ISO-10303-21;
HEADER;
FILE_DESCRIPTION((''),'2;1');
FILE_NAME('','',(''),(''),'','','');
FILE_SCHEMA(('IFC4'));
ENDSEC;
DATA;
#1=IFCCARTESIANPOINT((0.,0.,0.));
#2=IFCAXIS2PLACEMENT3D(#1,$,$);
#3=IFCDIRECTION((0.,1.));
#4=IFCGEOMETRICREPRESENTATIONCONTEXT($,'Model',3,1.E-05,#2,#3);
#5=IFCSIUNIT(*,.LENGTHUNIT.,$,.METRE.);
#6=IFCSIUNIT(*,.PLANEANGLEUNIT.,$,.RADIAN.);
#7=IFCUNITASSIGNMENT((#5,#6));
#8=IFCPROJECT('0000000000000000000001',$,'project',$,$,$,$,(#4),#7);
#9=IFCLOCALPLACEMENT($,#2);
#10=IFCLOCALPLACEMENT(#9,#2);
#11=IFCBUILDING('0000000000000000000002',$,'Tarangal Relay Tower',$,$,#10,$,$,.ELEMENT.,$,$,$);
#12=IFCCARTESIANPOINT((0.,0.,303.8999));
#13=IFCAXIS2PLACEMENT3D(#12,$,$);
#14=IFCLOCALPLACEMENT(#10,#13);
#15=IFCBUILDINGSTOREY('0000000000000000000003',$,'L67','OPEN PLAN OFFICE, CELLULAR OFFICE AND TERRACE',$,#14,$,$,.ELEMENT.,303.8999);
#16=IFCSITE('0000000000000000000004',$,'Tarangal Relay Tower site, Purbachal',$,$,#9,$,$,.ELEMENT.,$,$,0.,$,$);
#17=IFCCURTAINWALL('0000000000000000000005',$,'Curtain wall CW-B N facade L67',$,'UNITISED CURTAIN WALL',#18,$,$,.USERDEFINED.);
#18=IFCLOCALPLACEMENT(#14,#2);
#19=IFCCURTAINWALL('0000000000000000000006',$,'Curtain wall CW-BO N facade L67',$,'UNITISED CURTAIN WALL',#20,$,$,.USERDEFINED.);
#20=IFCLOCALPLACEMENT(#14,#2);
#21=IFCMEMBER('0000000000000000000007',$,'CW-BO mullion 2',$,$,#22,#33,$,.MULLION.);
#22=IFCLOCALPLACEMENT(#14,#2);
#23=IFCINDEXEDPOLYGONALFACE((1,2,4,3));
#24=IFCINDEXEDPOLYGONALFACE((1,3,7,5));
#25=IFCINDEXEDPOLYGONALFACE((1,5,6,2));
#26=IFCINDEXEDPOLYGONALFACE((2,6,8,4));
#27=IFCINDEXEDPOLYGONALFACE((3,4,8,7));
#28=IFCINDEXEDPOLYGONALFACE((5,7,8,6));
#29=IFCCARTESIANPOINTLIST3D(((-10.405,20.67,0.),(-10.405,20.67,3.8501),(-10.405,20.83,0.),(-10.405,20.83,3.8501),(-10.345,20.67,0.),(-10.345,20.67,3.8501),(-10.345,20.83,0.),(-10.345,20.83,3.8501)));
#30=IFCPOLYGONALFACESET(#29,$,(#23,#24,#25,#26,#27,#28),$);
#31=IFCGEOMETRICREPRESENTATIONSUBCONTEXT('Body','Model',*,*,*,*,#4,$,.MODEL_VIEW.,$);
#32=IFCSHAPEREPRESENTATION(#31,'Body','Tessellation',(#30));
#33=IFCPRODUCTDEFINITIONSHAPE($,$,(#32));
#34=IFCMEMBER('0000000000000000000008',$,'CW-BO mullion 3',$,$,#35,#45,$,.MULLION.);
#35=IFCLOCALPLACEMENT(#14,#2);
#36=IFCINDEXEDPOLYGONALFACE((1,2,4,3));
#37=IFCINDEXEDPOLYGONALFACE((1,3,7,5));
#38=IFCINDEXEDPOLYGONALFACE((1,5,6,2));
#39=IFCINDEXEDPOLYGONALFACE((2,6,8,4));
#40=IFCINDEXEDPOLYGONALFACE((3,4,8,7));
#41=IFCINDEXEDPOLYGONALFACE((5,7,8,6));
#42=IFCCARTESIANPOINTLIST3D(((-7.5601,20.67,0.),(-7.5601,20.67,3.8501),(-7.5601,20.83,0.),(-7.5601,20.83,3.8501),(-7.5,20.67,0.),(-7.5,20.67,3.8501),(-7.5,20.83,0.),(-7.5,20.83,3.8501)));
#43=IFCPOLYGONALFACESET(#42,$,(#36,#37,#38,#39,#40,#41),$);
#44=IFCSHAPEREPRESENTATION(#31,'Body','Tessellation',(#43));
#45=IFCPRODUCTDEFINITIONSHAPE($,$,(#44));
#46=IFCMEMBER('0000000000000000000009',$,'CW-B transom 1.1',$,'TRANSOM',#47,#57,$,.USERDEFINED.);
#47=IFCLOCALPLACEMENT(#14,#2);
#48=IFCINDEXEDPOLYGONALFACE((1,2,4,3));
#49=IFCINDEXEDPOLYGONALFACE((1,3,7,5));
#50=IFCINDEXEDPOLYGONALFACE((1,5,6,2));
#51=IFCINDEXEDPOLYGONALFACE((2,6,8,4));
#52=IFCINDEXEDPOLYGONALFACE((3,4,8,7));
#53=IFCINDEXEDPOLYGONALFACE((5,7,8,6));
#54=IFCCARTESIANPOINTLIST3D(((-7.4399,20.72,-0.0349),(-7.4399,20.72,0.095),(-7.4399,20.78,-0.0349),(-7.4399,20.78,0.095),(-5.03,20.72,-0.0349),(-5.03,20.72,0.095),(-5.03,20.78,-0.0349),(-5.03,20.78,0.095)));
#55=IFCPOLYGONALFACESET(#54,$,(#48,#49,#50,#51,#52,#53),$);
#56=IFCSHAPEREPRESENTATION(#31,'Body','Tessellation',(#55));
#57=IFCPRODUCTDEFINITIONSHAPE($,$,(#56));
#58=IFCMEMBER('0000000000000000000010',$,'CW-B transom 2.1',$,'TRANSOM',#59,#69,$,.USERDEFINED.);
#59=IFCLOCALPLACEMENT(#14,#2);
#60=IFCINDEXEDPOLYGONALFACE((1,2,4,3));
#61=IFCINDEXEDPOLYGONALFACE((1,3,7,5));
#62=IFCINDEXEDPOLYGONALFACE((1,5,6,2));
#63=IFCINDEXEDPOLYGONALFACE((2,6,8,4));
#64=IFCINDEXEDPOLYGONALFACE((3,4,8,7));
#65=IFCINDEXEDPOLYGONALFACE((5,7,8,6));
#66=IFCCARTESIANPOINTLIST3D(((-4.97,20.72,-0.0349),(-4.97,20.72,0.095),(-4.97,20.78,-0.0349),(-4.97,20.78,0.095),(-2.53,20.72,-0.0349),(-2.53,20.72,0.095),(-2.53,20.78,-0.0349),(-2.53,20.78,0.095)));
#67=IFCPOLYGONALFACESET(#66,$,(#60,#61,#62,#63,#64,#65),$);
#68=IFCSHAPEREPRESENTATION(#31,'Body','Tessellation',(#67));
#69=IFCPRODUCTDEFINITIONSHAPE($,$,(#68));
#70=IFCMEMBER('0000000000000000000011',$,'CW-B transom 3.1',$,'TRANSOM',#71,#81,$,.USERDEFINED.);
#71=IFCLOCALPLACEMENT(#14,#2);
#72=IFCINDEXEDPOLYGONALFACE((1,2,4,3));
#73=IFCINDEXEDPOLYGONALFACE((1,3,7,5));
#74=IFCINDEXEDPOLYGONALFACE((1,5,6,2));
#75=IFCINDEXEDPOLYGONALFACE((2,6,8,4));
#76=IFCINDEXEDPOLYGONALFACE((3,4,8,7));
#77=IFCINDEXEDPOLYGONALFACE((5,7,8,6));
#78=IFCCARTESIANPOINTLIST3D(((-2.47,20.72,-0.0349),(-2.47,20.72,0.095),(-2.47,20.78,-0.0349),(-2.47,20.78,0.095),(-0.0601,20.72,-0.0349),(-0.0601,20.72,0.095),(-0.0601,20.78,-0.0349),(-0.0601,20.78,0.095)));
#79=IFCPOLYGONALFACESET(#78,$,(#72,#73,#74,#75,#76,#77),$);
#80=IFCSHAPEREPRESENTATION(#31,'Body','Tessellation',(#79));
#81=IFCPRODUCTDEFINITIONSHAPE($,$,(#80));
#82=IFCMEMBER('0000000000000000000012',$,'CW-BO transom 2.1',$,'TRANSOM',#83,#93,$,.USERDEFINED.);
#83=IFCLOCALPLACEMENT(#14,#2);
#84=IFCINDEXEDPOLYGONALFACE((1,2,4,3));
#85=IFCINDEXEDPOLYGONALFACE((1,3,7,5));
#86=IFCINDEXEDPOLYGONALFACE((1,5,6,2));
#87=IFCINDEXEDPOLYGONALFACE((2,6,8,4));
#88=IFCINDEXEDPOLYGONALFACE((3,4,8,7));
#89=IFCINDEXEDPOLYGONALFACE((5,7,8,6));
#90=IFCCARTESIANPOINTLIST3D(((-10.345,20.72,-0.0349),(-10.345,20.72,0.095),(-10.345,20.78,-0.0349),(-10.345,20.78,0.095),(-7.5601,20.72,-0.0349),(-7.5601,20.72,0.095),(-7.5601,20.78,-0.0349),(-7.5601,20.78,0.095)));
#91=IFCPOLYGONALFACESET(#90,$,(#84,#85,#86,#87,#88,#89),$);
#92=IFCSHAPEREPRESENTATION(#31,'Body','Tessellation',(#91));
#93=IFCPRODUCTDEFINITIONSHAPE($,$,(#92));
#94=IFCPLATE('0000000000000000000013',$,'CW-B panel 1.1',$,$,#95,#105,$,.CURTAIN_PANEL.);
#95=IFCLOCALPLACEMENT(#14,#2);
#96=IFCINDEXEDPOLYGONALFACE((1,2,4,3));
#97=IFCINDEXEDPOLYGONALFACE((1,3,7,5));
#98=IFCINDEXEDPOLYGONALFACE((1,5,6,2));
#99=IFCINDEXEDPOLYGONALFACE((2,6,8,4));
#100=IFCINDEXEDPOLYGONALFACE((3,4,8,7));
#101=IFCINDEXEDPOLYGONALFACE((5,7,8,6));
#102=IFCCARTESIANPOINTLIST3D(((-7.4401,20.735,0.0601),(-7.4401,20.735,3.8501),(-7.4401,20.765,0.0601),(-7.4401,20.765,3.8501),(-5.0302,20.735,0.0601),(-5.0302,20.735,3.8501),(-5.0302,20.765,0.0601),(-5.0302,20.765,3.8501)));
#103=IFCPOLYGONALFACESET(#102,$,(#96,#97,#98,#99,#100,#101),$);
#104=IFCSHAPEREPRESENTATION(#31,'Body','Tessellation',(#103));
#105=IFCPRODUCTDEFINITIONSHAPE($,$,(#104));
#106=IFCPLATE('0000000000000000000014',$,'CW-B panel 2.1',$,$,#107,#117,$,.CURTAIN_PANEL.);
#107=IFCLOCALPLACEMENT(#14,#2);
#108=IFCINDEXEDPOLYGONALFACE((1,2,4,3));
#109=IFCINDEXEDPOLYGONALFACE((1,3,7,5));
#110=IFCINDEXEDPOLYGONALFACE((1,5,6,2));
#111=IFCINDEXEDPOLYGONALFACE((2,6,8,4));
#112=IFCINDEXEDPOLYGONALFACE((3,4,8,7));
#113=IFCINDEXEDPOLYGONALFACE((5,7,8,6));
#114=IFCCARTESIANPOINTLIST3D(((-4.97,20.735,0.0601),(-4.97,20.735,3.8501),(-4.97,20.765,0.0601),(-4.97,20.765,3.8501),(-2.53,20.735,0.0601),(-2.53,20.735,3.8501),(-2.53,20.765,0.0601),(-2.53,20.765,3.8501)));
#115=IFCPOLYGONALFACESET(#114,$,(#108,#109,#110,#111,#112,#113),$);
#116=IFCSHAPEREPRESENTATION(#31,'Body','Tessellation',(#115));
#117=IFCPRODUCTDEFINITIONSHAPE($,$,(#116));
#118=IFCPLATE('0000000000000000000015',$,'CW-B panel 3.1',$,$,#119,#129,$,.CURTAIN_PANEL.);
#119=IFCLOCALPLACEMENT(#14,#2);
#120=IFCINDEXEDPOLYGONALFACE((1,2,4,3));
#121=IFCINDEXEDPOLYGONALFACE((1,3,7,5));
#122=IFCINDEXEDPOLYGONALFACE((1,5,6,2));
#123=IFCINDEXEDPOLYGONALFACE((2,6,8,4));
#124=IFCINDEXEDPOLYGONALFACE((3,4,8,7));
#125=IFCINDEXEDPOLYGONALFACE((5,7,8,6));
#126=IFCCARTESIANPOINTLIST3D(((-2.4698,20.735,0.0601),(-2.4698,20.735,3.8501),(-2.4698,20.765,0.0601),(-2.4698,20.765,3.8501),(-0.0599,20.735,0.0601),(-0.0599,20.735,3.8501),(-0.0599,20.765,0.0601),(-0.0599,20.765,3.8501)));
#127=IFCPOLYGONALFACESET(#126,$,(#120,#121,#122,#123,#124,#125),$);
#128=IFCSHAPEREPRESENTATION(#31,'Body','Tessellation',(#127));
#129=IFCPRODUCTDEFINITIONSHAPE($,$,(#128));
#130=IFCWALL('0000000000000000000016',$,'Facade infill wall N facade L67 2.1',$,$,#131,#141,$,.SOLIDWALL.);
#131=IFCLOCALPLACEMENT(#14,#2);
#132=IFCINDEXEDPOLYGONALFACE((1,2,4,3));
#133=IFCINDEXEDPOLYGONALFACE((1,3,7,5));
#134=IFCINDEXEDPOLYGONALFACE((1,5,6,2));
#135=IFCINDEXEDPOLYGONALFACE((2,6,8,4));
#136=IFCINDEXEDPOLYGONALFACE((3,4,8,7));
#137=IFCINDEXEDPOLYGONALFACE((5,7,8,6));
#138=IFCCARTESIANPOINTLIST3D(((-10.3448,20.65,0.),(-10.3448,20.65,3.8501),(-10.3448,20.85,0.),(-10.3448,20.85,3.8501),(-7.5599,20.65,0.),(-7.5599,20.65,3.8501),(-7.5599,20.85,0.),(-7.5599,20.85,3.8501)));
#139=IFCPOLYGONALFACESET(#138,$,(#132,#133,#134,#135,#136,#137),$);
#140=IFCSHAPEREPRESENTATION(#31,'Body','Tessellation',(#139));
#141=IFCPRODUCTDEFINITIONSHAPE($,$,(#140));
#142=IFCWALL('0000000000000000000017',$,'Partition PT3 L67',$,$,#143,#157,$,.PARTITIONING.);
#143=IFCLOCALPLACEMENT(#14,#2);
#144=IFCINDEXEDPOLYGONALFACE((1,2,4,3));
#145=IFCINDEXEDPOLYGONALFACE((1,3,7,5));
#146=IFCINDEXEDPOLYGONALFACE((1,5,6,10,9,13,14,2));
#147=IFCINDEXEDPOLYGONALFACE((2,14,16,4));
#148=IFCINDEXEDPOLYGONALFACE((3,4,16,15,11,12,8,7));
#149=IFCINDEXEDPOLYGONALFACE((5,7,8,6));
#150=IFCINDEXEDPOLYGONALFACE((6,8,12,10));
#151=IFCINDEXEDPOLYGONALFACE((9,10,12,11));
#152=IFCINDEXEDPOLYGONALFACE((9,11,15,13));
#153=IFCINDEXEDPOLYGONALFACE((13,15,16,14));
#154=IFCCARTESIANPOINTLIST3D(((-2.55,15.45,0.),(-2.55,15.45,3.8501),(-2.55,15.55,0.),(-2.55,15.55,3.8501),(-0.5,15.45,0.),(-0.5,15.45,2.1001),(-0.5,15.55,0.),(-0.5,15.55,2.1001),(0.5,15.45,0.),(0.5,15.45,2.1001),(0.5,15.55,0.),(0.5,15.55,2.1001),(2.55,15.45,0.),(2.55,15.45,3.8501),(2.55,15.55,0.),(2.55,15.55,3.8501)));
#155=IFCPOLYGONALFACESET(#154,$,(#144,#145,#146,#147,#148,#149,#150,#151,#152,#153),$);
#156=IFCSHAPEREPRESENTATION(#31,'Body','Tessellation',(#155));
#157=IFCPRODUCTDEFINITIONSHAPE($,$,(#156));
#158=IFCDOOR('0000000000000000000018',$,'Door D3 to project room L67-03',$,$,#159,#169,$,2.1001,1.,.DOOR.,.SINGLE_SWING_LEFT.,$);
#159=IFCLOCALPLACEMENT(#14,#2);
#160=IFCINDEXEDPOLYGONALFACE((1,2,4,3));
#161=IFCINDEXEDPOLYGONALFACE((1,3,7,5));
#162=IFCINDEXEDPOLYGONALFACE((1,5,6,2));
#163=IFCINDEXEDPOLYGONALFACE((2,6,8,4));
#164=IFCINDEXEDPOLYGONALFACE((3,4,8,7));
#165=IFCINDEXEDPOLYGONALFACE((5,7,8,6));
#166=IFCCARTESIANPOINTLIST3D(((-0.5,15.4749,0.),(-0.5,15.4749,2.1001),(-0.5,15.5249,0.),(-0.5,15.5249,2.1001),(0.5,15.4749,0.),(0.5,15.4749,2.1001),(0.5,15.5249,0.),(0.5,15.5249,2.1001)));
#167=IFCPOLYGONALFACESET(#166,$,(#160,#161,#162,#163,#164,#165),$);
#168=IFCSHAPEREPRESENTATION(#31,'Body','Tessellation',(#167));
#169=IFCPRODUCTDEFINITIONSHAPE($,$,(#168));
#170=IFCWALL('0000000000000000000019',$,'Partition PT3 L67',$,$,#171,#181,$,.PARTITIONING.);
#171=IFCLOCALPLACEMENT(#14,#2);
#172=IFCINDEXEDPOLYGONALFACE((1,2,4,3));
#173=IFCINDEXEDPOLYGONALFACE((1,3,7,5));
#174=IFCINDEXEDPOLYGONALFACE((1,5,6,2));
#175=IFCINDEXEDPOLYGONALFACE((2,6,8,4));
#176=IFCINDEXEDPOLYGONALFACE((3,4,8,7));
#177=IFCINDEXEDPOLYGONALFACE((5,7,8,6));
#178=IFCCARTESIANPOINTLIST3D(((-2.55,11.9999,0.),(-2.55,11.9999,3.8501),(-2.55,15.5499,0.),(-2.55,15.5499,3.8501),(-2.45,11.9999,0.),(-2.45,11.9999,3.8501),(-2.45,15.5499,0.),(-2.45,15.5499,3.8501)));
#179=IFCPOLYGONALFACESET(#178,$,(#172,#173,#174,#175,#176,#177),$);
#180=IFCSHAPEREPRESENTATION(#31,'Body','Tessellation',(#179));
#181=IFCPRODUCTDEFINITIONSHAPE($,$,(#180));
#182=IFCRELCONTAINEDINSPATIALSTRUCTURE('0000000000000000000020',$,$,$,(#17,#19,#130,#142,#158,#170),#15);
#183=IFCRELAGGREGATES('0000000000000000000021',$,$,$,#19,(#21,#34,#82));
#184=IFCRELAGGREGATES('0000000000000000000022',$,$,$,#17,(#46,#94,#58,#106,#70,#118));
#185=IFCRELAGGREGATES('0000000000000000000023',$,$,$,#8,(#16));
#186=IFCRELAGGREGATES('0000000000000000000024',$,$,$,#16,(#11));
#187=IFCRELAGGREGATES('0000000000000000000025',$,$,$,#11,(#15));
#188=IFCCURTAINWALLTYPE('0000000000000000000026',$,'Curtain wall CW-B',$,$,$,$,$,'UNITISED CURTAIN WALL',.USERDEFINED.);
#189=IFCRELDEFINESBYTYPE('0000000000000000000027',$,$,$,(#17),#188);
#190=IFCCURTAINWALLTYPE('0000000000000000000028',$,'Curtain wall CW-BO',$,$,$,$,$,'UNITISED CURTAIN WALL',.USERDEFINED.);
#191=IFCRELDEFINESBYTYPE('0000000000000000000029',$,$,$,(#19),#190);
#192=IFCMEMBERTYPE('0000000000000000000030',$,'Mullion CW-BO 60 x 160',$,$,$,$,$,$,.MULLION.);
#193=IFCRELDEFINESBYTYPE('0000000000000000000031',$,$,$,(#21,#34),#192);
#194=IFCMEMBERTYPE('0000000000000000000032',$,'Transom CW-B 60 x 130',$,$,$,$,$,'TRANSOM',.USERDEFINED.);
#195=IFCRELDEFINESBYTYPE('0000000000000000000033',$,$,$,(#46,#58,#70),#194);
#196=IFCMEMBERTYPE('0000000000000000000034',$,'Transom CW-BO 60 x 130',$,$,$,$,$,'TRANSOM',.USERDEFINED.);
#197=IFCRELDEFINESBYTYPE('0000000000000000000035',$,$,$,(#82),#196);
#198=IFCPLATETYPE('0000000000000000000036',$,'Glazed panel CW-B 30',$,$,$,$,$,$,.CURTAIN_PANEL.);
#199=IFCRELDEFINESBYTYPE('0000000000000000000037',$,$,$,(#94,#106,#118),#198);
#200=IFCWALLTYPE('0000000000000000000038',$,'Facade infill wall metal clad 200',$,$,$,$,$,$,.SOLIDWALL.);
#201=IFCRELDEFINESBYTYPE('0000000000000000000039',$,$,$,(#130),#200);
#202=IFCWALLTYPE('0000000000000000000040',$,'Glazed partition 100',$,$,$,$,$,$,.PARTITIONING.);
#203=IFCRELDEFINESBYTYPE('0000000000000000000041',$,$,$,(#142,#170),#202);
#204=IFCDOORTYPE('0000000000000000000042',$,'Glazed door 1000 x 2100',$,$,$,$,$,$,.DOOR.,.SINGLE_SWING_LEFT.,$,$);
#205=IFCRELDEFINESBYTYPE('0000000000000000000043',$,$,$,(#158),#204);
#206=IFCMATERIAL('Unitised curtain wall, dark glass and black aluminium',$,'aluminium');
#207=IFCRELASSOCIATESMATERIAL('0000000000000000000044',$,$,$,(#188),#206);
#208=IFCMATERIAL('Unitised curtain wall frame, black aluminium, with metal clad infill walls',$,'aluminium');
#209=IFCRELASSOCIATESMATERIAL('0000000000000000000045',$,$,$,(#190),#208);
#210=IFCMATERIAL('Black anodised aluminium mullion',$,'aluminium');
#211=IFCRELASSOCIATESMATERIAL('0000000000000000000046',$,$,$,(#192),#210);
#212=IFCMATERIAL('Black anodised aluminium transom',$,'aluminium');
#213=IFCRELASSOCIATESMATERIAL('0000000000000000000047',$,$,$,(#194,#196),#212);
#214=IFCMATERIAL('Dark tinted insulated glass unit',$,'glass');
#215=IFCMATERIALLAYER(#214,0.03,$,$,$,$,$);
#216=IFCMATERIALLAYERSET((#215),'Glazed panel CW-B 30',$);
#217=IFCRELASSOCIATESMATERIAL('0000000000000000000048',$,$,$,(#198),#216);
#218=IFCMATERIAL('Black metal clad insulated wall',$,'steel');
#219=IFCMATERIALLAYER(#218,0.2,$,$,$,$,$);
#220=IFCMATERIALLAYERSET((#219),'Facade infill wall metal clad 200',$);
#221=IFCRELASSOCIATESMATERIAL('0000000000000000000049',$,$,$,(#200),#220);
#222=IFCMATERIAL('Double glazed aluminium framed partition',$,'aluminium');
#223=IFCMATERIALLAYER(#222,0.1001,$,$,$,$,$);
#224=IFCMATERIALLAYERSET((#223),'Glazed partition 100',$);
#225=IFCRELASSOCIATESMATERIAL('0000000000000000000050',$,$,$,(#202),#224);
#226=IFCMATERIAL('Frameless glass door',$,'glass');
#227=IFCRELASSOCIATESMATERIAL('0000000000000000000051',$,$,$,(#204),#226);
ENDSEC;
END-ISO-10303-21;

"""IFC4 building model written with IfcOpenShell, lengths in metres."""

from ifc_helpers import new_model, si_unit, direction, frame, frame_2d, origin, origin_2d, place, context, subcontext, project, spatial, rectangle, extrude, material, layer, layer_set, material_profile, profile_set, type_object, element, fill, aggregate, save


model = new_model("IFC4")

# Units and contexts
model_context = context("Model", 3, precision=1e-05, world=origin(), true_north=direction((0.0, 1.0)))
body_context = subcontext(model_context, "Body", "Model", "MODEL_VIEW")
ifc_project = project(units=[si_unit("LENGTHUNIT", "METRE"), si_unit("PLANEANGLEUNIT", "RADIAN")], contexts=[model_context])

# Site, building, storey
site_placement = place(None, origin())
site = spatial("IfcSite", under=ifc_project, at=site_placement, Name="Tarangal Relay Tower site, Purbachal", CompositionType="ELEMENT", RefElevation=0.0)
building_placement = place(site_placement, origin())
building = spatial("IfcBuilding", under=site, at=building_placement, Name="Tarangal Relay Tower", CompositionType="ELEMENT")
storey_placement = place(building_placement, frame((0.0, 0.0, 303.8999)))
storey = spatial("IfcBuildingStorey", under=building, at=storey_placement, Name="L67", Description="OPEN PLAN OFFICE, CELLULAR OFFICE AND TERRACE", CompositionType="ELEMENT", Elevation=303.8999)

# Curtain walls, members
ifc_material_1 = material(Name="Unitised curtain wall, dark glass and black aluminium", Category="aluminium")
curtain_wall_type_1 = type_object("IfcCurtainWallType", Name="Curtain wall CW-B", ElementType="UNITISED CURTAIN WALL", PredefinedType="USERDEFINED", material=ifc_material_1)
curtain_wall_1_placement = place(storey_placement, origin())
curtain_wall_1 = element("IfcCurtainWall", 1, at=curtain_wall_1_placement, inside=storey, type_object=curtain_wall_type_1, Name="Curtain wall CW-B N facade L67", ObjectType="UNITISED CURTAIN WALL", PredefinedType="USERDEFINED")
ifc_material_2 = material(Name="Black anodised aluminium mullion", Category="aluminium")
ifc_material_3 = material(Name="Unitised curtain wall frame, black aluminium, with metal clad infill walls", Category="aluminium")
curtain_wall_type_2 = type_object("IfcCurtainWallType", Name="Curtain wall CW-BO", ElementType="UNITISED CURTAIN WALL", PredefinedType="USERDEFINED", material=ifc_material_3)
curtain_wall_2_placement = place(storey_placement, origin())
curtain_wall_2 = element("IfcCurtainWall", 2, at=curtain_wall_2_placement, inside=storey, type_object=curtain_wall_type_2, Name="Curtain wall CW-BO N facade L67", ObjectType="UNITISED CURTAIN WALL", PredefinedType="USERDEFINED")
ifc_material_profile_1 = material_profile(ifc_material_2, rectangle(XDim=0.1599, YDim=0.0601, at=origin_2d()), Name="CW-BOM 60X160")
ifc_profile_set_1 = profile_set([ifc_material_profile_1], Name="Black anodised aluminium mullion")
member_type_1 = type_object("IfcMemberType", Name="Mullion CW-BO 60 x 160", PredefinedType="MULLION", material=ifc_profile_set_1)
member_1_placement = place(storey_placement, frame((-10.375, 20.75, 0.0), z_axis=(0.0, 0.0, 1.0), x_axis=(0.0, 1.0, 0.0)))
member_1 = element("IfcMember", 3, at=member_1_placement, type_object=member_type_1, Name="CW-BO mullion 2", PredefinedType="MULLION", context=body_context, shape_type="SweptSolid", body=[
    extrude(rectangle(XDim=0.1599, YDim=0.0601, at=origin_2d()), origin(), (0.0, 0.0, 1.0), 3.8501),
])
member_2_placement = place(storey_placement, frame((-7.53, 20.75, 0.0), z_axis=(0.0, 0.0, 1.0), x_axis=(0.0, 1.0, 0.0)))
member_2 = element("IfcMember", 4, at=member_2_placement, type_object=member_type_1, Name="CW-BO mullion 3", PredefinedType="MULLION", context=body_context, shape_type="SweptSolid", body=[
    extrude(rectangle(XDim=0.1599, YDim=0.0601, at=origin_2d()), origin(), (0.0, 0.0, 1.0), 3.8501),
])

# Members
ifc_material_4 = material(Name="Black anodised aluminium transom", Category="aluminium")
ifc_material_profile_2 = material_profile(ifc_material_4, rectangle(XDim=0.0601, YDim=0.1299, at=origin_2d()), Name="CW-BT 60X130")
ifc_profile_set_2 = profile_set([ifc_material_profile_2], Name="Black anodised aluminium transom")
member_type_2 = type_object("IfcMemberType", Name="Transom CW-B 60 x 130", ElementType="TRANSOM", PredefinedType="USERDEFINED", material=ifc_profile_set_2)
member_3_placement = place(storey_placement, frame((-7.4399, 20.75, 0.03), z_axis=(1.0, 0.0, 0.0), x_axis=(0.0, 1.0, 0.0)))
member_3 = element("IfcMember", 5, at=member_3_placement, type_object=member_type_2, Name="CW-B transom 1.1", ObjectType="TRANSOM", PredefinedType="USERDEFINED", context=body_context, shape_type="SweptSolid", body=[
    extrude(rectangle(XDim=0.0601, YDim=0.1299, at=origin_2d()), origin(), (0.0, 0.0, 1.0), 2.4099),
])
member_4_placement = place(storey_placement, frame((-4.97, 20.75, 0.03), z_axis=(1.0, 0.0, 0.0), x_axis=(0.0, 1.0, 0.0)))
member_4 = element("IfcMember", 6, at=member_4_placement, type_object=member_type_2, Name="CW-B transom 2.1", ObjectType="TRANSOM", PredefinedType="USERDEFINED", context=body_context, shape_type="SweptSolid", body=[
    extrude(rectangle(XDim=0.0601, YDim=0.1299, at=origin_2d()), origin(), (0.0, 0.0, 1.0), 2.4399),
])
member_5_placement = place(storey_placement, frame((-2.47, 20.75, 0.03), z_axis=(1.0, 0.0, 0.0), x_axis=(0.0, 1.0, 0.0)))
member_5 = element("IfcMember", 7, at=member_5_placement, type_object=member_type_2, Name="CW-B transom 3.1", ObjectType="TRANSOM", PredefinedType="USERDEFINED", context=body_context, shape_type="SweptSolid", body=[
    extrude(rectangle(XDim=0.0601, YDim=0.1299, at=origin_2d()), origin(), (0.0, 0.0, 1.0), 2.4099),
])
ifc_material_profile_3 = material_profile(ifc_material_4, rectangle(XDim=0.0601, YDim=0.1299, at=origin_2d()), Name="CW-BOT 60X130")
ifc_profile_set_3 = profile_set([ifc_material_profile_3], Name="Black anodised aluminium transom")
member_type_3 = type_object("IfcMemberType", Name="Transom CW-BO 60 x 130", ElementType="TRANSOM", PredefinedType="USERDEFINED", material=ifc_profile_set_3)
member_6_placement = place(storey_placement, frame((-10.345, 20.75, 0.03), z_axis=(1.0, 0.0, 0.0), x_axis=(0.0, 1.0, 0.0)))
member_6 = element("IfcMember", 8, at=member_6_placement, type_object=member_type_3, Name="CW-BO transom 2.1", ObjectType="TRANSOM", PredefinedType="USERDEFINED", context=body_context, shape_type="SweptSolid", body=[
    extrude(rectangle(XDim=0.0601, YDim=0.1299, at=origin_2d()), origin(), (0.0, 0.0, 1.0), 2.7849),
])
aggregate(curtain_wall_2, [member_1, member_2, member_6])

# Plates
ifc_material_5 = material(Name="Dark tinted insulated glass unit", Category="glass")
ifc_layer_1 = layer(ifc_material_5, 0.03)
ifc_layer_set_1 = layer_set([ifc_layer_1], Name="Glazed panel CW-B 30")
plate_type = type_object("IfcPlateType", Name="Glazed panel CW-B 30", PredefinedType="CURTAIN_PANEL", material=ifc_layer_set_1)
plate_1_placement = place(storey_placement, frame((-6.2351, 20.75, 0.0601), z_axis=(0.0, 0.0, 1.0), x_axis=(1.0, 0.0, 0.0)))
plate_1 = element("IfcPlate", 9, at=plate_1_placement, type_object=plate_type, Name="CW-B panel 1.1", PredefinedType="CURTAIN_PANEL", context=body_context, shape_type="SweptSolid", body=[
    extrude(rectangle(XDim=2.4099, YDim=0.03, at=origin_2d()), origin(), (0.0, 0.0, 1.0), 3.79),
])
plate_2_placement = place(storey_placement, frame((-3.75, 20.75, 0.0601), z_axis=(0.0, 0.0, 1.0), x_axis=(1.0, 0.0, 0.0)))
plate_2 = element("IfcPlate", 10, at=plate_2_placement, type_object=plate_type, Name="CW-B panel 2.1", PredefinedType="CURTAIN_PANEL", context=body_context, shape_type="SweptSolid", body=[
    extrude(rectangle(XDim=2.4399, YDim=0.03, at=origin_2d()), origin(), (0.0, 0.0, 1.0), 3.79),
])
plate_3_placement = place(storey_placement, frame((-1.2649, 20.75, 0.0601), z_axis=(0.0, 0.0, 1.0), x_axis=(1.0, 0.0, 0.0)))
plate_3 = element("IfcPlate", 11, at=plate_3_placement, type_object=plate_type, Name="CW-B panel 3.1", PredefinedType="CURTAIN_PANEL", context=body_context, shape_type="SweptSolid", body=[
    extrude(rectangle(XDim=2.4099, YDim=0.03, at=origin_2d()), origin(), (0.0, 0.0, 1.0), 3.79),
])
aggregate(curtain_wall_1, [member_3, plate_1, member_4, plate_2, member_5, plate_3])

# Wall
ifc_material_6 = material(Name="Black metal clad insulated wall", Category="steel")
ifc_layer_2 = layer(ifc_material_6, 0.2)
ifc_layer_set_2 = layer_set([ifc_layer_2], Name="Facade infill wall metal clad 200")
wall_type_1 = type_object("IfcWallType", Name="Facade infill wall metal clad 200", PredefinedType="SOLIDWALL", material=ifc_layer_set_2)
wall_1_placement = place(storey_placement, frame((-10.345, 20.75, 0.0), z_axis=(0.0, 0.0, 1.0), x_axis=(1.0, 0.0, 0.0)))
element("IfcWall", 12, at=wall_1_placement, inside=storey, type_object=wall_type_1, Name="Facade infill wall N facade L67 2.1", PredefinedType="SOLIDWALL", context=body_context, shape_type="SweptSolid", body=[
    extrude(rectangle(XDim=2.7849, YDim=0.2, at=frame_2d((1.3926, 0.0))), origin(), (0.0, 0.0, 1.0), 3.8501),
])

# Wall, opening, door
ifc_material_7 = material(Name="Double glazed aluminium framed partition", Category="aluminium")
ifc_layer_3 = layer(ifc_material_7, 0.1001)
ifc_layer_set_3 = layer_set([ifc_layer_3], Name="Glazed partition 100")
wall_type_2 = type_object("IfcWallType", Name="Glazed partition 100", PredefinedType="PARTITIONING", material=ifc_layer_set_3)
wall_2_placement = place(storey_placement, frame((-2.55, 15.5, 0.0), z_axis=(0.0, 0.0, 1.0), x_axis=(1.0, 0.0, 0.0)))
wall_2 = element("IfcWall", 13, at=wall_2_placement, inside=storey, type_object=wall_type_2, Name="Partition PT3 L67", PredefinedType="PARTITIONING", context=body_context, shape_type="SweptSolid", body=[
    extrude(rectangle(XDim=5.1001, YDim=0.1001, at=frame_2d((2.55, 0.0))), origin(), (0.0, 0.0, 1.0), 3.8501),
])
opening_placement = place(wall_2_placement, frame((2.05, 0.0, 0.0)))
opening = element("IfcOpeningElement", 14, at=opening_placement, cuts=wall_2, PredefinedType="OPENING", context=body_context, shape_type="SweptSolid", body=[
    extrude(rectangle(XDim=1.0, YDim=2.1001, at=frame_2d((0.5, 1.05))), frame((0.0, 0.0601, 0.0), z_axis=(0.0, -1.0, 0.0), x_axis=(1.0, 0.0, 0.0)), (0.0, 0.0, 1.0), 0.1201),
])
ifc_material_8 = material(Name="Frameless glass door", Category="glass")
door_type = type_object("IfcDoorType", Name="Glazed door 1000 x 2100", OperationType="SINGLE_SWING_LEFT", PredefinedType="DOOR", material=ifc_material_8)
door_placement = place(opening_placement, origin())
door = element("IfcDoor", 15, at=door_placement, inside=storey, type_object=door_type, Name="Door D3 to project room L67-03", OperationType="SINGLE_SWING_LEFT", OverallHeight=2.1001, OverallWidth=1.0, PredefinedType="DOOR", context=body_context, shape_type="SweptSolid", body=[
    extrude(rectangle(XDim=1.0, YDim=2.1001, at=frame_2d((0.5, 1.05))), frame((0.0, 0.0249, 0.0), z_axis=(0.0, -1.0, 0.0), x_axis=(1.0, 0.0, 0.0)), (0.0, 0.0, 1.0), 0.05),
])
fill(opening, door)

# Wall
wall_3_placement = place(storey_placement, frame((-2.5, 12.0, 0.0), z_axis=(0.0, 0.0, 1.0), x_axis=(0.0, 1.0, 0.0)))
element("IfcWall", 16, at=wall_3_placement, inside=storey, type_object=wall_type_2, Name="Partition PT3 L67", PredefinedType="PARTITIONING", context=body_context, shape_type="SweptSolid", body=[
    extrude(rectangle(XDim=3.55, YDim=0.1001, at=frame_2d((1.7749, 0.0))), origin(), (0.0, 0.0, 1.0), 3.8501),
])

save(model, "model.ifc")
